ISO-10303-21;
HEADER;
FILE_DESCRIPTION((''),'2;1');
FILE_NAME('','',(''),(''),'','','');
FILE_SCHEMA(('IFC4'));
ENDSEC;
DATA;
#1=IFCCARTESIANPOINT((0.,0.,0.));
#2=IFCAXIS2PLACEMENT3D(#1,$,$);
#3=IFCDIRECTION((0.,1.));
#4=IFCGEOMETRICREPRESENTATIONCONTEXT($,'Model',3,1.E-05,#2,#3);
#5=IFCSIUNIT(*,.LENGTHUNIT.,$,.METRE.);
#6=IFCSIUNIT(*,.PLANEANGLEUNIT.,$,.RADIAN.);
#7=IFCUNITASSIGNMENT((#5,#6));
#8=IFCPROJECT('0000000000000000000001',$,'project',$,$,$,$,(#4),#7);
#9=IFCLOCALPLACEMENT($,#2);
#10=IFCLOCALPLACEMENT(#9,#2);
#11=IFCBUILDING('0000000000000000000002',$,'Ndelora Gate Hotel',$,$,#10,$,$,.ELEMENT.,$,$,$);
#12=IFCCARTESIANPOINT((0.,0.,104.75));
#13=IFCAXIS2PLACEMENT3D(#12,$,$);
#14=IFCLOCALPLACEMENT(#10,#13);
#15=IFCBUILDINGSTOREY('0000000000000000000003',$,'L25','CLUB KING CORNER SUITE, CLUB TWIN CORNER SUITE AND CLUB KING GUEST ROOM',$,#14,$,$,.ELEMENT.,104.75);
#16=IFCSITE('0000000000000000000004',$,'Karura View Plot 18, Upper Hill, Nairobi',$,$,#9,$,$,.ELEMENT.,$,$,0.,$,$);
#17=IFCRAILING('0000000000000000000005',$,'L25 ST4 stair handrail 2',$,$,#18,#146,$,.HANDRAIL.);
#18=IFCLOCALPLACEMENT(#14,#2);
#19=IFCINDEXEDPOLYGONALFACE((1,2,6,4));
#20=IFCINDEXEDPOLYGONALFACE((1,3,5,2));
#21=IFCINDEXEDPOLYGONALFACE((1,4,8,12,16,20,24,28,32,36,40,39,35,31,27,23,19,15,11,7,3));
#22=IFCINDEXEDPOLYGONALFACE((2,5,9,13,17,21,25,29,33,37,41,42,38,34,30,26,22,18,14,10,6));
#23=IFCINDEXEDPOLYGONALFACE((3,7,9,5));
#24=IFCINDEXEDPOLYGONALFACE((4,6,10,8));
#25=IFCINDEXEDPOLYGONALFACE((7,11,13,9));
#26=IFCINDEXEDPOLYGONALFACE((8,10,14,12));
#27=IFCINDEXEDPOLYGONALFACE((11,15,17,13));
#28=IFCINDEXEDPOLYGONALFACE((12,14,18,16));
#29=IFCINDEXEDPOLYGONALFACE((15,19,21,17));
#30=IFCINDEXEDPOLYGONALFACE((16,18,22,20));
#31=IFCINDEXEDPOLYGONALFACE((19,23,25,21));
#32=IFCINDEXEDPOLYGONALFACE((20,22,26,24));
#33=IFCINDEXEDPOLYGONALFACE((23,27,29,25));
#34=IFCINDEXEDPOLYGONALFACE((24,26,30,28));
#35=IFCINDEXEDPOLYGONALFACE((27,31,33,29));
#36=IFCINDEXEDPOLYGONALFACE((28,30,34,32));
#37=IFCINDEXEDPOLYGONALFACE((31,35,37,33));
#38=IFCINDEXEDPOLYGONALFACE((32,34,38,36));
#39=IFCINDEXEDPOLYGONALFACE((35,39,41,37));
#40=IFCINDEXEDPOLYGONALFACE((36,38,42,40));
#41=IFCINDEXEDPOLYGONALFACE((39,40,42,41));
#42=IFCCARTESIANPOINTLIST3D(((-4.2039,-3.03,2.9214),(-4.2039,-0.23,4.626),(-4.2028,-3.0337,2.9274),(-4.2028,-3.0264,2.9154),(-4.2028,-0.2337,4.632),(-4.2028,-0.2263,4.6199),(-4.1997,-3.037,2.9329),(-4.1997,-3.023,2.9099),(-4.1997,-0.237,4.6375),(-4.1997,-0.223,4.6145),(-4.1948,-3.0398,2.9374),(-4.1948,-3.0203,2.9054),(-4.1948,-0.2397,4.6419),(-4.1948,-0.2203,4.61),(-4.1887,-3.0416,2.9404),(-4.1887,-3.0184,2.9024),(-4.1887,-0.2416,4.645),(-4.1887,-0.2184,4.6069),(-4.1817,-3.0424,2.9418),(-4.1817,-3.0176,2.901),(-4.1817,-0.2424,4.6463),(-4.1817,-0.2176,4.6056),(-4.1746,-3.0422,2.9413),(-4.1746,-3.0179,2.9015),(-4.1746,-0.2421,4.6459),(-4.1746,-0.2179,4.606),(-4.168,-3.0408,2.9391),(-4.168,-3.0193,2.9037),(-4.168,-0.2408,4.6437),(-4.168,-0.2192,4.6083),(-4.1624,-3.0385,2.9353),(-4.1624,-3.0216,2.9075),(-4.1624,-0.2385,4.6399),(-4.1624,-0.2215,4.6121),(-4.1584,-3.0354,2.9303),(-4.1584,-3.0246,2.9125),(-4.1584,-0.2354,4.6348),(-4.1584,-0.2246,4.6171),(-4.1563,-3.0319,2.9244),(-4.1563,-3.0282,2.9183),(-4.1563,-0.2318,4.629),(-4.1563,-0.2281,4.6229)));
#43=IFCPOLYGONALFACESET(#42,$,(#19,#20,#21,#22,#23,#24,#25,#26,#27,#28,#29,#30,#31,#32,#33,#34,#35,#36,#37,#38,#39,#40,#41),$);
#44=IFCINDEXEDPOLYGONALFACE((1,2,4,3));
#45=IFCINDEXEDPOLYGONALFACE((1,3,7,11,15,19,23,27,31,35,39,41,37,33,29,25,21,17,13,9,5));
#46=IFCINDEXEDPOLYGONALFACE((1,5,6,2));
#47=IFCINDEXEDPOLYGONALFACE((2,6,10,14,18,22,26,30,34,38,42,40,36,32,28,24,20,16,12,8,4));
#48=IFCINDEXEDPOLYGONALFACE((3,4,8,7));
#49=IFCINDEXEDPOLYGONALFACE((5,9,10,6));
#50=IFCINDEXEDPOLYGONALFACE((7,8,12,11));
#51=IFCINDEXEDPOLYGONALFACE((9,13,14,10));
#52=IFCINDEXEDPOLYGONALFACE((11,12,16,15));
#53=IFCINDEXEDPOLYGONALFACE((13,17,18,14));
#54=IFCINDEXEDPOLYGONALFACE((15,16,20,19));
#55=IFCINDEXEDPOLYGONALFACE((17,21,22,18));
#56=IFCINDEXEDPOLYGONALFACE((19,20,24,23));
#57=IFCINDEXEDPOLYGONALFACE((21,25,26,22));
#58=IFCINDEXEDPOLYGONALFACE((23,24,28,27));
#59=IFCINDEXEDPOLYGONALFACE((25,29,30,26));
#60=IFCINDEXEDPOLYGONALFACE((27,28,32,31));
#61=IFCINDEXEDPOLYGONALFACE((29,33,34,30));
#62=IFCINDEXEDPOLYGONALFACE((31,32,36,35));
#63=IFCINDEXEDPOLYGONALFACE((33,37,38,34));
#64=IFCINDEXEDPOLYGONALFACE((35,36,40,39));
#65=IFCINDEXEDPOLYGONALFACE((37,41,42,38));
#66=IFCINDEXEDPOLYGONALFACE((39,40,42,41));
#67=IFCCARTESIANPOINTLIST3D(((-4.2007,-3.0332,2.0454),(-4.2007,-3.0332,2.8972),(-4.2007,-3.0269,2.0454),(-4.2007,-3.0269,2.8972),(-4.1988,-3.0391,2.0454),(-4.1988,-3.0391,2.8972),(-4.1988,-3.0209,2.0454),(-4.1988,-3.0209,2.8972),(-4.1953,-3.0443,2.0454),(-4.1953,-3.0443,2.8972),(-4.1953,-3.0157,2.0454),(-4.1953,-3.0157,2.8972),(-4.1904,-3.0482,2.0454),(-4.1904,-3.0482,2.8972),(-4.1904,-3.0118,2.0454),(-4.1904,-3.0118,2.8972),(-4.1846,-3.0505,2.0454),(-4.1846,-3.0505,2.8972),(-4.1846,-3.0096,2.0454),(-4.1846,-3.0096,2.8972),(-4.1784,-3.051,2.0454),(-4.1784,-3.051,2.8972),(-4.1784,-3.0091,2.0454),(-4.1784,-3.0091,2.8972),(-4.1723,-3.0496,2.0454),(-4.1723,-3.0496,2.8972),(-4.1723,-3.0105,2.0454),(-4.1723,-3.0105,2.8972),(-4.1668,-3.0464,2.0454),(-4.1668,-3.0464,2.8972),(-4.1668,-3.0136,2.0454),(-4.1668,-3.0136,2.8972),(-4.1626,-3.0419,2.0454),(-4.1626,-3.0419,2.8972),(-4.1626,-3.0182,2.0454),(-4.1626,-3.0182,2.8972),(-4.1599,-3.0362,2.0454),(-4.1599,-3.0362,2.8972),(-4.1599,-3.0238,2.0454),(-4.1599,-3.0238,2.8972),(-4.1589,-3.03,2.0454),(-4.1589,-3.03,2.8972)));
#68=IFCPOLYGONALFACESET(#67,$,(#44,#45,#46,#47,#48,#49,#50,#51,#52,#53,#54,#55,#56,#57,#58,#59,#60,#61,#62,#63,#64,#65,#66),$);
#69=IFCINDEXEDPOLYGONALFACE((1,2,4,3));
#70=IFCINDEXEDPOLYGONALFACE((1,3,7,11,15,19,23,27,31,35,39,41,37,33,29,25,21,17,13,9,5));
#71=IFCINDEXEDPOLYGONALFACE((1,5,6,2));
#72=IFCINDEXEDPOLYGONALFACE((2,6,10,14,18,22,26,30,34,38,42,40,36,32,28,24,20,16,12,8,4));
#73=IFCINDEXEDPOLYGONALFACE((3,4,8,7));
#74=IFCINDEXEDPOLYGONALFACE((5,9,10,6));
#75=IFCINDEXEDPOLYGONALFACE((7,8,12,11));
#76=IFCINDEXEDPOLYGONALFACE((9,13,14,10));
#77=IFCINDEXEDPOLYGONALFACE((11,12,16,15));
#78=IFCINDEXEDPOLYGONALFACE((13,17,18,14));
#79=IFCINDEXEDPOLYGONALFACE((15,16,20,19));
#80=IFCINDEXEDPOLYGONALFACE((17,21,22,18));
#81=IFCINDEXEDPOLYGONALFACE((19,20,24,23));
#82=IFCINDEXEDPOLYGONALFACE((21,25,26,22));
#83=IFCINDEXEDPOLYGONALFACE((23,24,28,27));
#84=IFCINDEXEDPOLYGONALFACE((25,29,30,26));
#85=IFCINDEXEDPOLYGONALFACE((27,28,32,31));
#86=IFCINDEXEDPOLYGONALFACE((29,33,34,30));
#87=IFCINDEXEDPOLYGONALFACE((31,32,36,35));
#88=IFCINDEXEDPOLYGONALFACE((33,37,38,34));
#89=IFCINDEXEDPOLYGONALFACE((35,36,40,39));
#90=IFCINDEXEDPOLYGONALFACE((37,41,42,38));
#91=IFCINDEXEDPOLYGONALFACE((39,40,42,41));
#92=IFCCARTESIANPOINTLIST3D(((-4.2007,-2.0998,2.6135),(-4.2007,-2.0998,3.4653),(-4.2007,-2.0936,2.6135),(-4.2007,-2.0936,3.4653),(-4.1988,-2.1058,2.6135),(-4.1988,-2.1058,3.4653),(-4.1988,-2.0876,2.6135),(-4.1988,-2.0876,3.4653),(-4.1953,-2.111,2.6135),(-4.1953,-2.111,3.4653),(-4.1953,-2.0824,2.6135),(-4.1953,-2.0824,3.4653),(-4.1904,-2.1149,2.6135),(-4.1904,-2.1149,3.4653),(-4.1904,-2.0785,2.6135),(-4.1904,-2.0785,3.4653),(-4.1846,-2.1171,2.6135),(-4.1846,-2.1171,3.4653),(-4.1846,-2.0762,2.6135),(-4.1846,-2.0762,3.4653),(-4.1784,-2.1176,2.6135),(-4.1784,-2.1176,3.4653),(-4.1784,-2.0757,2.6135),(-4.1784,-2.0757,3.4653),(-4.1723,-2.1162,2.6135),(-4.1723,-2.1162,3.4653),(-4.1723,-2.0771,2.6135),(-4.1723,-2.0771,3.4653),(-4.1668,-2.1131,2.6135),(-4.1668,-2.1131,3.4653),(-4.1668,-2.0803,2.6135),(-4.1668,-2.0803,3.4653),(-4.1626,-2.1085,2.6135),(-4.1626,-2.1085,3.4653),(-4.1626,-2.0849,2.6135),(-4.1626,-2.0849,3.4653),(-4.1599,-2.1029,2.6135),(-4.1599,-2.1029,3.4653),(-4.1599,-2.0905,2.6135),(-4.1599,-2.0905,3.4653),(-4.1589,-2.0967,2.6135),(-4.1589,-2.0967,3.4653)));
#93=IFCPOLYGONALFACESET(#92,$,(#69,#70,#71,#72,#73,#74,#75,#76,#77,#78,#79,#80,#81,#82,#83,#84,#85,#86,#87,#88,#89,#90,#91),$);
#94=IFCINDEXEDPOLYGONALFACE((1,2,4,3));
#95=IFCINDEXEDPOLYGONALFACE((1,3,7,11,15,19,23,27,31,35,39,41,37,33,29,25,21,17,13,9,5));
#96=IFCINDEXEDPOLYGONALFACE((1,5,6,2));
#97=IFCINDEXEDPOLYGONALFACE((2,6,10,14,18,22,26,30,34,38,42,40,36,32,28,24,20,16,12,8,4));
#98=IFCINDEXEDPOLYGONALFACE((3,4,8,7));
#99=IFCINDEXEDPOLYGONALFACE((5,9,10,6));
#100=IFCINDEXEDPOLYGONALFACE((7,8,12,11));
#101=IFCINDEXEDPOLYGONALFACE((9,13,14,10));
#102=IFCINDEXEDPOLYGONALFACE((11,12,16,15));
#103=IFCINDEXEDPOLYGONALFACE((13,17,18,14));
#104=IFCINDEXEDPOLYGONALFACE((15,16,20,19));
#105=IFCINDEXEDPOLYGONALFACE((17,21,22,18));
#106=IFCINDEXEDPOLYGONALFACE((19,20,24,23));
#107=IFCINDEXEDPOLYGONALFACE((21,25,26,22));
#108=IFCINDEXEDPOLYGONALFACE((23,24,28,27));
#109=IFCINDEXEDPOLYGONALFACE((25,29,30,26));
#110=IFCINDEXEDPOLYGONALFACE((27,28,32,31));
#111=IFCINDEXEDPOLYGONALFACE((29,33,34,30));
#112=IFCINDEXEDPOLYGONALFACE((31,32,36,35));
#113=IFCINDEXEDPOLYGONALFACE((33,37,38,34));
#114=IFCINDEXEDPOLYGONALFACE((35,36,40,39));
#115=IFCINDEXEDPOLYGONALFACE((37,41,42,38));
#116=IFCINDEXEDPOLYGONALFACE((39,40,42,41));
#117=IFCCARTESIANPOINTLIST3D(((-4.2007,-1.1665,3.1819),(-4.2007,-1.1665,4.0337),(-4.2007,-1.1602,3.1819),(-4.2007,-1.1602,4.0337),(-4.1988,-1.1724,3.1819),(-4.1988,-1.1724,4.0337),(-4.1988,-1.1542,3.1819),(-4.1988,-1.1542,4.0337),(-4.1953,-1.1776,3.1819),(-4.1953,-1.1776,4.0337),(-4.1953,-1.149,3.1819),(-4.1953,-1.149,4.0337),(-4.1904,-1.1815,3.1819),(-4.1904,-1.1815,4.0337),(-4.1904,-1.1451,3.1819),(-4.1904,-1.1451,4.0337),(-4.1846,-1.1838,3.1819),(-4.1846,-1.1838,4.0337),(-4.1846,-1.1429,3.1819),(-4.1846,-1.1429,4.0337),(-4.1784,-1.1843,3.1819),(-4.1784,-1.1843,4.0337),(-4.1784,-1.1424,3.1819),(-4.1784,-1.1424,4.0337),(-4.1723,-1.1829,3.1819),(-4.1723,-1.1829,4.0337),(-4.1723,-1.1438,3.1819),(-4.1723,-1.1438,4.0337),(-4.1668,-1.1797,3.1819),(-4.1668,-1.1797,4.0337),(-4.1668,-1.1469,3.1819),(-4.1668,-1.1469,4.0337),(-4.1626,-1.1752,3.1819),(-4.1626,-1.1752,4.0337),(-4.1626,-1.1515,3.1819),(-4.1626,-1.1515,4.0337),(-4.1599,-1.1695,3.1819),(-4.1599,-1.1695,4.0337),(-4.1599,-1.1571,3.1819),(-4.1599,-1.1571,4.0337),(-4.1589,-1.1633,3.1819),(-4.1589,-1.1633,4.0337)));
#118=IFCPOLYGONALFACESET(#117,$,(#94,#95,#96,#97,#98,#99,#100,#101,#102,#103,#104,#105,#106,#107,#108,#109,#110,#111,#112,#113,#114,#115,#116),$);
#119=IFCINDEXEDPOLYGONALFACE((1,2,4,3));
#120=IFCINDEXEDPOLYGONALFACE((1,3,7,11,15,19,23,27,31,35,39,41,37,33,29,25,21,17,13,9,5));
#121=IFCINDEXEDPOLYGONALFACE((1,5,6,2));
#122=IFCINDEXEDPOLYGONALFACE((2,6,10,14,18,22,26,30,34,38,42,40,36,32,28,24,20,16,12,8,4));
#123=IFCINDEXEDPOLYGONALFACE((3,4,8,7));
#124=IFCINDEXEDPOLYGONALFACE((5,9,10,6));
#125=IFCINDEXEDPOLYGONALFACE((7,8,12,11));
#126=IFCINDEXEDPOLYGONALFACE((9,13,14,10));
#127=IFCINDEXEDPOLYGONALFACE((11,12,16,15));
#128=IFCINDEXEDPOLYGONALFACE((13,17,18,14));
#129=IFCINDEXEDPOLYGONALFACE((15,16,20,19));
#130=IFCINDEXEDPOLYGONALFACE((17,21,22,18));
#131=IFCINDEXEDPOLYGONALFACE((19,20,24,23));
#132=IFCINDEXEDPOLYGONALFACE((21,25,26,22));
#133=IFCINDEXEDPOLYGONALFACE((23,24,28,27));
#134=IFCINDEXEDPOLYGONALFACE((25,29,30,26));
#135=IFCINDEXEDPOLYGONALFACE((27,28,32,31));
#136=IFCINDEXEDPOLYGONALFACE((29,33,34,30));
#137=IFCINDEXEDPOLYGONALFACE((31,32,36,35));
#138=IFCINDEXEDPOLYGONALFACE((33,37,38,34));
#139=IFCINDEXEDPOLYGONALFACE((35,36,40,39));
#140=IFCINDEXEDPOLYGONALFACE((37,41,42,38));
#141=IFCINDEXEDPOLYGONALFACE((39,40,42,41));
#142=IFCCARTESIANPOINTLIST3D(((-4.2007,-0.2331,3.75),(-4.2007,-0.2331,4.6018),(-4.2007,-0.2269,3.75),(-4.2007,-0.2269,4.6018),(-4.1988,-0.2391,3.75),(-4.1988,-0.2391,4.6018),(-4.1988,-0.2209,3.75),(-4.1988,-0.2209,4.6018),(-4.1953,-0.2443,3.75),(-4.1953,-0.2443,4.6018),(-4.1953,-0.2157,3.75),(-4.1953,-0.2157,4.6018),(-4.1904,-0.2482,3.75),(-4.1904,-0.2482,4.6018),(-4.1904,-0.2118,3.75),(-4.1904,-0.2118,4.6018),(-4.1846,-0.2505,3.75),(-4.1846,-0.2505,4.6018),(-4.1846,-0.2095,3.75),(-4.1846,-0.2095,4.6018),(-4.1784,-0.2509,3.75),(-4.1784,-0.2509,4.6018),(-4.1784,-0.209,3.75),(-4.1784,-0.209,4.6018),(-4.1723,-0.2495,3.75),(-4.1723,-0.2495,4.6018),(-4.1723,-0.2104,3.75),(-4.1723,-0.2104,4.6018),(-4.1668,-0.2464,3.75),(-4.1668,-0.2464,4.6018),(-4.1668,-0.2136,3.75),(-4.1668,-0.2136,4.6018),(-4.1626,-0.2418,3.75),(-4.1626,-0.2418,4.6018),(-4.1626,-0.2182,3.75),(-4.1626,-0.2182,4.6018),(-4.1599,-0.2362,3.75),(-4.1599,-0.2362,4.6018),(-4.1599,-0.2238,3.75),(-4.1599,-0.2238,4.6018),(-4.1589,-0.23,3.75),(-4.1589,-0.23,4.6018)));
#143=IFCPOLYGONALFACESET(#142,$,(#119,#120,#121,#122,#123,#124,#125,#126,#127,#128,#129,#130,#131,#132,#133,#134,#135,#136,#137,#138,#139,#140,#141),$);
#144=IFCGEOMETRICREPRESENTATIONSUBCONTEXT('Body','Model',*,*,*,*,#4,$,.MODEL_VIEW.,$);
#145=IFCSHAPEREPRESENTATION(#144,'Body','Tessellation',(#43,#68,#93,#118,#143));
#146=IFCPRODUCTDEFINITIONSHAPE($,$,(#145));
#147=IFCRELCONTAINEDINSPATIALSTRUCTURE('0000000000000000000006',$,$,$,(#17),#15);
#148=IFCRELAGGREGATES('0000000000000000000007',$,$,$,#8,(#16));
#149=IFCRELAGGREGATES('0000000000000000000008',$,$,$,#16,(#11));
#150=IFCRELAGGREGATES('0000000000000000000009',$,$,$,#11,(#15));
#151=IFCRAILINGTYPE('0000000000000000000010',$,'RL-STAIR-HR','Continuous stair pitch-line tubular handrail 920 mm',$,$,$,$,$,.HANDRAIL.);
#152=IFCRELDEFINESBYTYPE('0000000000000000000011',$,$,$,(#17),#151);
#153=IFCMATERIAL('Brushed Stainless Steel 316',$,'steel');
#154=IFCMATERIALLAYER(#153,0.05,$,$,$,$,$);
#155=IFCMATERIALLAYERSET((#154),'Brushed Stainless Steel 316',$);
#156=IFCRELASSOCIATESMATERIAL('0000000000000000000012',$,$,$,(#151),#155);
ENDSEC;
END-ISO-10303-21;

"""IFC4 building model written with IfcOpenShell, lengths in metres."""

from ifc_helpers import new_model, si_unit, direction, frame, origin, origin_2d, place, context, subcontext, project, spatial, circle, extrude, material, layer, layer_set, type_object, element, save


model = new_model("IFC4")

# Units and contexts
model_context = context("Model", 3, precision=1e-05, world=origin(), true_north=direction((0.0, 1.0)))
body_context = subcontext(model_context, "Body", "Model", "MODEL_VIEW")
ifc_project = project(units=[si_unit("LENGTHUNIT", "METRE"), si_unit("PLANEANGLEUNIT", "RADIAN")], contexts=[model_context])

# Site, building, storey
site_placement = place(None, origin())
site = spatial("IfcSite", under=ifc_project, at=site_placement, Name="Karura View Plot 18, Upper Hill, Nairobi", CompositionType="ELEMENT", RefElevation=0.0)
building_placement = place(site_placement, origin())
building = spatial("IfcBuilding", under=site, at=building_placement, Name="Ndelora Gate Hotel", CompositionType="ELEMENT")
storey_placement = place(building_placement, frame((0.0, 0.0, 104.75)))
storey = spatial("IfcBuildingStorey", under=building, at=storey_placement, Name="L25", Description="CLUB KING CORNER SUITE, CLUB TWIN CORNER SUITE AND CLUB KING GUEST ROOM", CompositionType="ELEMENT", Elevation=104.75)

# Railing
ifc_material_1 = material(Name="Brushed Stainless Steel 316", Category="steel")
ifc_layer_1 = layer(ifc_material_1, 0.05)
ifc_layer_set_1 = layer_set([ifc_layer_1], Name="Brushed Stainless Steel 316")
railing_type_1 = type_object("IfcRailingType", Name="RL-STAIR-HR", Description="Continuous stair pitch-line tubular handrail 920 mm", PredefinedType="HANDRAIL", material=ifc_layer_set_1)
railing_1_placement = place(storey_placement, frame((-4.1799, -3.03, 2.0454)))
element("IfcRailing", 1, at=railing_1_placement, inside=storey, type_object=railing_type_1, Name="L25 ST4 stair handrail 2", PredefinedType="HANDRAIL", context=body_context, shape_type="SweptSolid", body=[
    extrude(circle(Radius=0.0239, at=origin_2d()), frame((0.0, 0.0, 0.876), z_axis=(0.0, 0.85417, 0.519994), x_axis=(-1.0, 0.0, 0.0)), (0.0, 0.0, 1.0), 3.2781),
    extrude(circle(Radius=0.021, at=origin_2d()), origin(), (0.0, 0.0, 1.0), 0.8518),
    extrude(circle(Radius=0.021, at=origin_2d()), frame((0.0, 0.9333, 0.5681)), (0.0, 0.0, 1.0), 0.8518),
    extrude(circle(Radius=0.021, at=origin_2d()), frame((0.0, 1.8667, 1.1365)), (0.0, 0.0, 1.0), 0.8518),
    extrude(circle(Radius=0.021, at=origin_2d()), frame((0.0, 2.8, 1.7046)), (0.0, 0.0, 1.0), 0.8518),
])

save(model, "model.ifc")
